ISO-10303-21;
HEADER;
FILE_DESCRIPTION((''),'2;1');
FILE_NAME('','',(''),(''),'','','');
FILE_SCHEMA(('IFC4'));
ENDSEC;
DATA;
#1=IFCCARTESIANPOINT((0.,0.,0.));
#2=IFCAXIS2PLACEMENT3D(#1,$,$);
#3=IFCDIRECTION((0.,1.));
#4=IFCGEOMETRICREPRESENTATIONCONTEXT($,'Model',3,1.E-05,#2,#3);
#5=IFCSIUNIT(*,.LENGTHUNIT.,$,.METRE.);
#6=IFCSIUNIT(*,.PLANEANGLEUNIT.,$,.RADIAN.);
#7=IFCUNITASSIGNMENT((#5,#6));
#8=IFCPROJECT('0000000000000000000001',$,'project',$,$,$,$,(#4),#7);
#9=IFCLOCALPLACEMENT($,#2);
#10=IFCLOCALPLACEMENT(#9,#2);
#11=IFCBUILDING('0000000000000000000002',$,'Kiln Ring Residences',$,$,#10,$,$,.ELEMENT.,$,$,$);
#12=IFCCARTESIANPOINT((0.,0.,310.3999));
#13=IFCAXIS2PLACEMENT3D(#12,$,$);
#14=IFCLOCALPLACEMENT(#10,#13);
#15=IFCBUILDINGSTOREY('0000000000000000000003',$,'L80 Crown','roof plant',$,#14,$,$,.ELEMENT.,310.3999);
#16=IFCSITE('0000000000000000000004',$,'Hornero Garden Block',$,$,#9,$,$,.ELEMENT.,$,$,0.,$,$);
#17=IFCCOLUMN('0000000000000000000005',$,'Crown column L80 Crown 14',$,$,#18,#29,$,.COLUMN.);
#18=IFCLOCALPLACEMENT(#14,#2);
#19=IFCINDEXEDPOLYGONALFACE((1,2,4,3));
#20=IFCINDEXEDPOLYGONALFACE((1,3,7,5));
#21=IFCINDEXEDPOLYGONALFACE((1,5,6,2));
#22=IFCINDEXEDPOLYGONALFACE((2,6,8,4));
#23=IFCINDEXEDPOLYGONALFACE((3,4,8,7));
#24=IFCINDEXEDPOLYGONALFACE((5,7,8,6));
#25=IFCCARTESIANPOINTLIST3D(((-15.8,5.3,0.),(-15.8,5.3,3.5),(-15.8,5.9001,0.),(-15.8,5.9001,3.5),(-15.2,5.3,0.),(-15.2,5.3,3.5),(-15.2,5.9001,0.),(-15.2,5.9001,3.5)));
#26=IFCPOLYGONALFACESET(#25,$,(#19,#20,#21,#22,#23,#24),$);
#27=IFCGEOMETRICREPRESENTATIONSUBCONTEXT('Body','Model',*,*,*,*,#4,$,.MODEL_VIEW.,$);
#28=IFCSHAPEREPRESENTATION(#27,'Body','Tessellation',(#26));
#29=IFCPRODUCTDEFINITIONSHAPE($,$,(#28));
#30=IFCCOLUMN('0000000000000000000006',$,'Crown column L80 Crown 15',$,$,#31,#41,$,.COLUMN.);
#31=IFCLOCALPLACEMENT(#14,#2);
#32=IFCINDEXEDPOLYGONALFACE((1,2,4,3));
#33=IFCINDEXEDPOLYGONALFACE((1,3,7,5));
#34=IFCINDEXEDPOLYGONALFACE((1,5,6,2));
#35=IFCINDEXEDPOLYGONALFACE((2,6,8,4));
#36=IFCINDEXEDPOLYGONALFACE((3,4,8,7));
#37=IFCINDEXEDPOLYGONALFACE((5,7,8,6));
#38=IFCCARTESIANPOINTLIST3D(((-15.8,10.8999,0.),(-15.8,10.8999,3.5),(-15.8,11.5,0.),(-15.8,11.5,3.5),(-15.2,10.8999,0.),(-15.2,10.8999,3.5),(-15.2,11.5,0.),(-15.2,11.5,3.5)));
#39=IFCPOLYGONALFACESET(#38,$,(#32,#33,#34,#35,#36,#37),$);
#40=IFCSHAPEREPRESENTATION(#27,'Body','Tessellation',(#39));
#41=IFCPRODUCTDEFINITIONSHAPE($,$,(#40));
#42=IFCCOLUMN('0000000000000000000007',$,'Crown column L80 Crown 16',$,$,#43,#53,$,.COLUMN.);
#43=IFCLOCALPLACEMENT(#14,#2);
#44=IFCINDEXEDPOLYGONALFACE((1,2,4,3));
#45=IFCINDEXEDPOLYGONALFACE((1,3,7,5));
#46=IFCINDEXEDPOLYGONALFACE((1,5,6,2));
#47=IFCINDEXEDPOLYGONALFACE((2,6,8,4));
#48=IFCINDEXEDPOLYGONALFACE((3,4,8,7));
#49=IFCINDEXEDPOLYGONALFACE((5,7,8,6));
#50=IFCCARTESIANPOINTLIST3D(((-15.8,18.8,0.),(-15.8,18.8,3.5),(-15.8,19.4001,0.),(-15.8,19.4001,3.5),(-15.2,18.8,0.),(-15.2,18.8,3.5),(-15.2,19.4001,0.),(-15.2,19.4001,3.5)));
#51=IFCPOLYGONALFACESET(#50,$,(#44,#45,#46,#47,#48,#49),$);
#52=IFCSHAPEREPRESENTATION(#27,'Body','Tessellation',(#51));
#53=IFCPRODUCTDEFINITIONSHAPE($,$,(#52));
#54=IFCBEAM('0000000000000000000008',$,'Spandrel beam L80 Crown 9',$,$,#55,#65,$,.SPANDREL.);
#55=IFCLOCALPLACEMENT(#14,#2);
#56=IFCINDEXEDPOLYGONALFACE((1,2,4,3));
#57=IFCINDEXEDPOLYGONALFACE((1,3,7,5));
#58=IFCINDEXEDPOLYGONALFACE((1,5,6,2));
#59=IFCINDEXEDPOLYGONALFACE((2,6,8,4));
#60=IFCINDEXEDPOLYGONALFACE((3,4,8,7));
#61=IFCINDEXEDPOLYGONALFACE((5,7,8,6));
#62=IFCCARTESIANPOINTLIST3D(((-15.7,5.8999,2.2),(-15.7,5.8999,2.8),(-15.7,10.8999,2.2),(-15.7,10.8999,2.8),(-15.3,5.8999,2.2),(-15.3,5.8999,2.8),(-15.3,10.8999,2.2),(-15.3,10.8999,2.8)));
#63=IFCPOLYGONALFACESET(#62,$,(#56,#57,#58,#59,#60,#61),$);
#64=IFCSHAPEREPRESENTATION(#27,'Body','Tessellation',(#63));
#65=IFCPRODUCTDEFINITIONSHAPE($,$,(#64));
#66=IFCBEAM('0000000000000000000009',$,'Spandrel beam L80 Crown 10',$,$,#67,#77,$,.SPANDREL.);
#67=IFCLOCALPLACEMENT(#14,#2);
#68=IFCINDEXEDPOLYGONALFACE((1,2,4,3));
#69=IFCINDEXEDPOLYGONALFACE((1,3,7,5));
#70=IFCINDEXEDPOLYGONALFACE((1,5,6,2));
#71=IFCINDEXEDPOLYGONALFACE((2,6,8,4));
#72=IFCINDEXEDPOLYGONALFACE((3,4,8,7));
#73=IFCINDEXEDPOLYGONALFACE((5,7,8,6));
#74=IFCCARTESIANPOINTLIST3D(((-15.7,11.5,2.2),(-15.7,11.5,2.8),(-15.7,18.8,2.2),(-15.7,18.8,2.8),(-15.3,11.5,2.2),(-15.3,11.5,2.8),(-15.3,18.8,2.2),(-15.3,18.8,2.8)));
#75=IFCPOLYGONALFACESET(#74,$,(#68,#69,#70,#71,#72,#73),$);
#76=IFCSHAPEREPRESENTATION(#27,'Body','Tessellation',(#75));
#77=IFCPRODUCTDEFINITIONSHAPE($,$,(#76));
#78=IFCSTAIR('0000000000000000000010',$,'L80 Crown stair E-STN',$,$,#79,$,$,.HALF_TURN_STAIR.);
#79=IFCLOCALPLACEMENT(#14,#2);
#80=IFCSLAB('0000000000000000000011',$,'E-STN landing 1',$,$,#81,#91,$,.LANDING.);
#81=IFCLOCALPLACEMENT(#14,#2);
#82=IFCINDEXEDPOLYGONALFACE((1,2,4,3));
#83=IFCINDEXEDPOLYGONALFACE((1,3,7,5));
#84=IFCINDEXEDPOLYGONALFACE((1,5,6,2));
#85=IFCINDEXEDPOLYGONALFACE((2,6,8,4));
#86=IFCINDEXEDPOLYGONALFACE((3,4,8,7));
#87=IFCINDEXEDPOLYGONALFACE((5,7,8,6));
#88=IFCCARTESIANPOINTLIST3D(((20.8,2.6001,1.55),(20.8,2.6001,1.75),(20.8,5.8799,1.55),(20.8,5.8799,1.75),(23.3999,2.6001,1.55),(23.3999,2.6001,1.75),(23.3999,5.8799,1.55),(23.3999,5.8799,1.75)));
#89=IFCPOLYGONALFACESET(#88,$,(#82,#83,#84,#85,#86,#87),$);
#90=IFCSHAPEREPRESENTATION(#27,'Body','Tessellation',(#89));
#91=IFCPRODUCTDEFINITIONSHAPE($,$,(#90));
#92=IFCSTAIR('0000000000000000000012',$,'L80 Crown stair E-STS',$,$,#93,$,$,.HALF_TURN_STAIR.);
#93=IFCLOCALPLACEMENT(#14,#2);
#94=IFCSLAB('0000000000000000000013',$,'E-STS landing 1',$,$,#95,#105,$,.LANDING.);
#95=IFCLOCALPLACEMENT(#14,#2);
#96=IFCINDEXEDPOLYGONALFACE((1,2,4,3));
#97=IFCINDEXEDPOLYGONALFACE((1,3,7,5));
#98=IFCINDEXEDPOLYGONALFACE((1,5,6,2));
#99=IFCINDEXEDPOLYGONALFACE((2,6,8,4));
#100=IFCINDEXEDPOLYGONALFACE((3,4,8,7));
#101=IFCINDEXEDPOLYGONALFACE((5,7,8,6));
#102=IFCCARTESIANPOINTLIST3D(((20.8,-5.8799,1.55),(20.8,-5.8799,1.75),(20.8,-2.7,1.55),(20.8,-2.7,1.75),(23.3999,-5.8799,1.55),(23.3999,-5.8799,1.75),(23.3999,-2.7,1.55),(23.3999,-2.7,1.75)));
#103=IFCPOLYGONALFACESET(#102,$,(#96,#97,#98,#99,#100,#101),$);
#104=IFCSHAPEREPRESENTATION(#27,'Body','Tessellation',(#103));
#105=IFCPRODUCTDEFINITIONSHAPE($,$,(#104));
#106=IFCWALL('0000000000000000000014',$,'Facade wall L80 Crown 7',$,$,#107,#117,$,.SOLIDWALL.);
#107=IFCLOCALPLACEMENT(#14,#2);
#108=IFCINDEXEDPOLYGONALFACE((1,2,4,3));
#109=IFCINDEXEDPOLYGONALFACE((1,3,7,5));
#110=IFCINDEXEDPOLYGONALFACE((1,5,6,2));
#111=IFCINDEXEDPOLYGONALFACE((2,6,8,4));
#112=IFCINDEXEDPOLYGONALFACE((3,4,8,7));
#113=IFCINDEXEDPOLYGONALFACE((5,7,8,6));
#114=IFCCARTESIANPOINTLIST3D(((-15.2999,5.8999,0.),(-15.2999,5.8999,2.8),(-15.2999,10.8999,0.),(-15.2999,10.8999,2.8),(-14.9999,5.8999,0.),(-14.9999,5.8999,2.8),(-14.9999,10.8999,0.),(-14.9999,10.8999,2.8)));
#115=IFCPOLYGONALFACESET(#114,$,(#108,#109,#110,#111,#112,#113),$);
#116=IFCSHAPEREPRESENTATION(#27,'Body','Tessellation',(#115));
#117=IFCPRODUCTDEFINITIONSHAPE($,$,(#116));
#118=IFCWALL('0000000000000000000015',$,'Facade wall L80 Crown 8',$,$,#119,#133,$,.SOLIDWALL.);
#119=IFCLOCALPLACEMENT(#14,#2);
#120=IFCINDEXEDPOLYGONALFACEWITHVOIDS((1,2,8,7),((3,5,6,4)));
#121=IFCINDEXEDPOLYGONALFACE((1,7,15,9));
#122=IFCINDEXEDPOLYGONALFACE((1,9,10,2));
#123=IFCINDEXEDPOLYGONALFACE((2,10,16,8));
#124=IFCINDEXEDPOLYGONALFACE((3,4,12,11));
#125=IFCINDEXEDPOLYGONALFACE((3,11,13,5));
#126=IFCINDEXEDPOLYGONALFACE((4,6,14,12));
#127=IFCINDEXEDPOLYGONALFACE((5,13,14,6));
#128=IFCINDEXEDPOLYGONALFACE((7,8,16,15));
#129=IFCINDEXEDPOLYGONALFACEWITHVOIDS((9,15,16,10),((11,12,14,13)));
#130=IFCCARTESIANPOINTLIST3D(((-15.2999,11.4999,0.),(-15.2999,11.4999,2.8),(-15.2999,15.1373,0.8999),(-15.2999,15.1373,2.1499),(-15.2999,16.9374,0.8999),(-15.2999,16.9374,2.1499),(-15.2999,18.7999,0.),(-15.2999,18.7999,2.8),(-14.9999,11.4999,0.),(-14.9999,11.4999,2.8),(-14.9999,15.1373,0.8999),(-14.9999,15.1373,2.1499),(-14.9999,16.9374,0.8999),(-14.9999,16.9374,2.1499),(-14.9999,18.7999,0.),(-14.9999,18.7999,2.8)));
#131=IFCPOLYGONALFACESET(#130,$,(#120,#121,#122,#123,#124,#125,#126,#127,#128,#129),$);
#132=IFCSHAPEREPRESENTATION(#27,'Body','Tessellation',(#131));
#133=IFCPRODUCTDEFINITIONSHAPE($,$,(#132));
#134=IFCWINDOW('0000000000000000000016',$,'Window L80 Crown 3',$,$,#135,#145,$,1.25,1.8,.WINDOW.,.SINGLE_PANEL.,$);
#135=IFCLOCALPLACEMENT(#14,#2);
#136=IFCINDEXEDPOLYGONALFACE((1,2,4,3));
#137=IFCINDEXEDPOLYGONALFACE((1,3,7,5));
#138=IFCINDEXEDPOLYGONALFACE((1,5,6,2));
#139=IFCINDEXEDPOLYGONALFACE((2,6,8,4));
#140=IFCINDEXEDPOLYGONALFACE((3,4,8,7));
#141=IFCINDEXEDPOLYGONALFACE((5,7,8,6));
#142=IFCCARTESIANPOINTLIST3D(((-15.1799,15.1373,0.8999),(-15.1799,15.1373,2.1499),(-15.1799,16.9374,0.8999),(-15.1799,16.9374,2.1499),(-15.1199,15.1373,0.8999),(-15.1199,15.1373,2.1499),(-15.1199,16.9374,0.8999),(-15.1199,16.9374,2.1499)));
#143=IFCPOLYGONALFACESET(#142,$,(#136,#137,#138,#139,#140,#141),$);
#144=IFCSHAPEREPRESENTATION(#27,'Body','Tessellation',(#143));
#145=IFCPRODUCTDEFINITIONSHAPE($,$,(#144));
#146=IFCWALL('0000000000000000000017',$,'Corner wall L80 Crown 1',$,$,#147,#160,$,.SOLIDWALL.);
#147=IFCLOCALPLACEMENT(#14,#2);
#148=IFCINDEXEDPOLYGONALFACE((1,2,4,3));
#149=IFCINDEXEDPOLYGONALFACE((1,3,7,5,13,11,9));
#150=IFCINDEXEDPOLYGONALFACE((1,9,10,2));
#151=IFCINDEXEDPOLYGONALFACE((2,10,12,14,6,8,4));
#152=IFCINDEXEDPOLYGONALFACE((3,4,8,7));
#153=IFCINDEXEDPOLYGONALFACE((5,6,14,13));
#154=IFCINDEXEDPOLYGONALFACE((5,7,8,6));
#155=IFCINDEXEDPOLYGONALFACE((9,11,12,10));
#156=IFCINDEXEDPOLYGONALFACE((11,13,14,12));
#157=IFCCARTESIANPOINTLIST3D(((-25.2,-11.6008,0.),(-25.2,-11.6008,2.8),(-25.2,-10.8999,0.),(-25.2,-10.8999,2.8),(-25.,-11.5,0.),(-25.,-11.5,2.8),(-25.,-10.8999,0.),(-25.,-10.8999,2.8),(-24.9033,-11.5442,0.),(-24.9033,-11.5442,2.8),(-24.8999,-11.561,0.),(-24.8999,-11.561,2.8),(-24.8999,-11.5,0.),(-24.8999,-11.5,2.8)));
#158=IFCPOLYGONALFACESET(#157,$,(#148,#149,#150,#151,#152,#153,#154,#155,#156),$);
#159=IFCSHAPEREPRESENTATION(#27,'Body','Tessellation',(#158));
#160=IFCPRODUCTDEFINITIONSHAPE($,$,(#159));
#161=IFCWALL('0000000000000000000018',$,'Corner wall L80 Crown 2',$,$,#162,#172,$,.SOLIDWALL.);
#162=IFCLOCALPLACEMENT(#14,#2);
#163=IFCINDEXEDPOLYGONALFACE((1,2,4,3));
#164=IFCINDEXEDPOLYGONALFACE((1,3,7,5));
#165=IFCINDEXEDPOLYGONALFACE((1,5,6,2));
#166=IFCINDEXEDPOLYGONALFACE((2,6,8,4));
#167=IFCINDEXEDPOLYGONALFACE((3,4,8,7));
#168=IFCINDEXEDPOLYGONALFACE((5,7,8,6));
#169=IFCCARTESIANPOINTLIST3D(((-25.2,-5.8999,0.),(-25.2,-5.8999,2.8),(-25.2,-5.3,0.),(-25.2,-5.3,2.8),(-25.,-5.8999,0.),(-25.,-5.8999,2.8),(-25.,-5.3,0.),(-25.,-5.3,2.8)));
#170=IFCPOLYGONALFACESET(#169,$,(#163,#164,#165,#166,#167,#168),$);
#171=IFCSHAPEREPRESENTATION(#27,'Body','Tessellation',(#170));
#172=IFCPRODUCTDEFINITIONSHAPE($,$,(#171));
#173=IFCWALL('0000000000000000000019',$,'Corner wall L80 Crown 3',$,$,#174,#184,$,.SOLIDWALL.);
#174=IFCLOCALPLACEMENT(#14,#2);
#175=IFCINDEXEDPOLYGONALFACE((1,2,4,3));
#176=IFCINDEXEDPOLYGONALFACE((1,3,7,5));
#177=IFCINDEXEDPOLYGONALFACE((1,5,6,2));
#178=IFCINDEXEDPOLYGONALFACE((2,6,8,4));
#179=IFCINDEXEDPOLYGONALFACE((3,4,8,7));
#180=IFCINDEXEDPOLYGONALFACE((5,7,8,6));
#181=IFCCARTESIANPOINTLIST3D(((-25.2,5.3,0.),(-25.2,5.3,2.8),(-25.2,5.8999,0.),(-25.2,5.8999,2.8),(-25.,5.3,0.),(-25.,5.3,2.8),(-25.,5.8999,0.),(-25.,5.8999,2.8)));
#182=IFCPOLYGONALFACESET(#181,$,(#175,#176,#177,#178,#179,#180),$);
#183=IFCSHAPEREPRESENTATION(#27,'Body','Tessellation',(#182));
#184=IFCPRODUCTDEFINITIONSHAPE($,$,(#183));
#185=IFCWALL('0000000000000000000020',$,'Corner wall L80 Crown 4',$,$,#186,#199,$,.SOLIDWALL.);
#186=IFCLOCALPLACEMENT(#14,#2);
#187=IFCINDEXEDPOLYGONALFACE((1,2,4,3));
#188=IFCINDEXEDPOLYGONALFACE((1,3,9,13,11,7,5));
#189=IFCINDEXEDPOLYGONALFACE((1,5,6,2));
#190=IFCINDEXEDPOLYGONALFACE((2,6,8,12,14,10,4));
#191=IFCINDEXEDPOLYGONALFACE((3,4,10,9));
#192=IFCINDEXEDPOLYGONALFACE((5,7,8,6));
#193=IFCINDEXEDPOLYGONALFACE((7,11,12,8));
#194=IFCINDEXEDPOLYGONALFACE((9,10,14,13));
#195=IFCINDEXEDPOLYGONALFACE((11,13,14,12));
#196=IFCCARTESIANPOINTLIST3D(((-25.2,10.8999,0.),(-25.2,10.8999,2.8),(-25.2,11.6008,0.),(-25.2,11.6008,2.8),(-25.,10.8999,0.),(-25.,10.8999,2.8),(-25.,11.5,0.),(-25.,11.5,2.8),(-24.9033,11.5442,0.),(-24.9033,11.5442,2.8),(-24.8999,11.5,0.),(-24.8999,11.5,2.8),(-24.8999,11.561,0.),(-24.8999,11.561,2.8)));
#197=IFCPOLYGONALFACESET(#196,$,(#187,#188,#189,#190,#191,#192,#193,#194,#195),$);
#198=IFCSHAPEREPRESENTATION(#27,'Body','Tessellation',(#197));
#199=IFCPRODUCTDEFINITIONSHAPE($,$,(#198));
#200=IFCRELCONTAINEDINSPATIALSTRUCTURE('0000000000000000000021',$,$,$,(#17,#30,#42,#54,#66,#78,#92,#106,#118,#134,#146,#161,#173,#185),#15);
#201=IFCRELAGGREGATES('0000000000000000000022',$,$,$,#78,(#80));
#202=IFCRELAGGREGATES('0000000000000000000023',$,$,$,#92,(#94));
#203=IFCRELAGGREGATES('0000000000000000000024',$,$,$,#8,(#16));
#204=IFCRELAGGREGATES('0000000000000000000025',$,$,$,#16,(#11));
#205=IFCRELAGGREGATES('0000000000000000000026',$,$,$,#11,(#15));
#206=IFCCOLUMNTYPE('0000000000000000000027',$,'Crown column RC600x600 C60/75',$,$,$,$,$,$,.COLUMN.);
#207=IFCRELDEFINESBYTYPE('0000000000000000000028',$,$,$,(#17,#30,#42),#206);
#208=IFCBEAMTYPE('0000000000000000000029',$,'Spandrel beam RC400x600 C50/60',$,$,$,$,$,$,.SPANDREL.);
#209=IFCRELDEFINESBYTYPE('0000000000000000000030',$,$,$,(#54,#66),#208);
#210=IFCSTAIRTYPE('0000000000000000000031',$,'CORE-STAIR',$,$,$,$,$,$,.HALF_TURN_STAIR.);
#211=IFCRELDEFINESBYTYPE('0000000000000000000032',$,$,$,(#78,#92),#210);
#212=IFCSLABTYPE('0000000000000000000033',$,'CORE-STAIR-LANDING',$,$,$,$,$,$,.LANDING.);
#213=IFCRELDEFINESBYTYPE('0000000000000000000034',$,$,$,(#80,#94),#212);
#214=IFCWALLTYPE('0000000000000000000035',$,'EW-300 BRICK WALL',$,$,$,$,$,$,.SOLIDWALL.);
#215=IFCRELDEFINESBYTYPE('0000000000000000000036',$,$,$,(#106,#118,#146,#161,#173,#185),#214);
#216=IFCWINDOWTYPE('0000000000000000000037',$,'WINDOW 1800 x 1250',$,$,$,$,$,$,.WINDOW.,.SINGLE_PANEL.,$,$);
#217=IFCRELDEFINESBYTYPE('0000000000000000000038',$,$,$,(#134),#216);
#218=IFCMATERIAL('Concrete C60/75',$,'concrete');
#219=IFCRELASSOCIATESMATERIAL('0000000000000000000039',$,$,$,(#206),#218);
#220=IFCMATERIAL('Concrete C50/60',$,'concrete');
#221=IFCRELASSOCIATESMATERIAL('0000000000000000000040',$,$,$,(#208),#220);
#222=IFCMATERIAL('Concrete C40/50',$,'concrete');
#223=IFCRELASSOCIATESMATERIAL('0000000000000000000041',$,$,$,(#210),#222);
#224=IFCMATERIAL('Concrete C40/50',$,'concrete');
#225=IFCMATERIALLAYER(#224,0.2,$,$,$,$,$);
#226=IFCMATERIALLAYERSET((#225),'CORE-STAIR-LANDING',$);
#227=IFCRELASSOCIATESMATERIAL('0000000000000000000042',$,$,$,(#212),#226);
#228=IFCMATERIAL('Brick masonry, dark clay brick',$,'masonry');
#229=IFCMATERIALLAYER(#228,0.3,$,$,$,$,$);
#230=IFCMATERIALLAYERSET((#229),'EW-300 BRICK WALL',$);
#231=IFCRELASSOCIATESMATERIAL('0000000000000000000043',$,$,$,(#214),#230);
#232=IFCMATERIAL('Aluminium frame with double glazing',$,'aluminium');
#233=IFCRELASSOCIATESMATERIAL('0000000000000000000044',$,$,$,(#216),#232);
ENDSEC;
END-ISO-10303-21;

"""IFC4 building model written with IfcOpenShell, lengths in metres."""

from ifc_helpers import new_model, si_unit, direction, frame, frame_2d, origin, origin_2d, place, context, subcontext, project, spatial, polyline, rectangle, outline, extrude, material, layer, layer_set, material_profile, profile_set, type_object, element, fill, aggregate, save


model = new_model("IFC4")

# Units and contexts
model_context = context("Model", 3, precision=1e-05, world=origin(), true_north=direction((0.0, 1.0)))
body_context = subcontext(model_context, "Body", "Model", "MODEL_VIEW")
ifc_project = project(units=[si_unit("LENGTHUNIT", "METRE"), si_unit("PLANEANGLEUNIT", "RADIAN")], contexts=[model_context])

# Site, building, storey
site_placement = place(None, origin())
site = spatial("IfcSite", under=ifc_project, at=site_placement, Name="Hornero Garden Block", CompositionType="ELEMENT", RefElevation=0.0)
building_placement = place(site_placement, origin())
building = spatial("IfcBuilding", under=site, at=building_placement, Name="Kiln Ring Residences", CompositionType="ELEMENT")
storey_placement = place(building_placement, frame((0.0, 0.0, 310.3999)))
storey = spatial("IfcBuildingStorey", under=building, at=storey_placement, Name="L80 Crown", Description="roof plant", CompositionType="ELEMENT", Elevation=310.3999)

# Columns
ifc_material_1 = material(Name="Concrete C60/75", Category="concrete")
ifc_material_profile_1 = material_profile(ifc_material_1, rectangle(XDim=0.6001, YDim=0.6001, at=origin_2d()), Name="RC600x600")
ifc_profile_set_1 = profile_set([ifc_material_profile_1], Name="Concrete C60/75")
column_type = type_object("IfcColumnType", Name="Crown column RC600x600 C60/75", PredefinedType="COLUMN", material=ifc_profile_set_1)
for number, where, z_axis, x_axis, name in (
    (1, (-15.5, 5.6001, 0.0), (0.0, 0.0, 1.0), (1.0, 0.0, 0.0), "Crown column L80 Crown 14"),
    (2, (-15.5, 11.2, 0.0), (0.0, 0.0, 1.0), (1.0, 0.0, 0.0), "Crown column L80 Crown 15"),
    (3, (-15.5, 19.1001, 0.0), (0.0, 0.0, 1.0), (1.0, 0.0, 0.0), "Crown column L80 Crown 16"),
):
    element("IfcColumn", number, at=place(storey_placement, frame(where, z_axis=z_axis, x_axis=x_axis)), inside=storey, type_object=column_type, Name=name, PredefinedType="COLUMN", context=body_context, shape_type="SweptSolid", body=[
        extrude(rectangle(XDim=0.6001, YDim=0.6001, at=origin_2d()), origin(), (0.0, 0.0, 1.0), 3.5),
    ])

# Beams
ifc_material_2 = material(Name="Concrete C50/60", Category="concrete")
ifc_material_profile_2 = material_profile(ifc_material_2, rectangle(XDim=0.3999, YDim=0.6001, at=origin_2d()), Name="RC400x600")
ifc_profile_set_2 = profile_set([ifc_material_profile_2], Name="Concrete C50/60")
beam_type = type_object("IfcBeamType", Name="Spandrel beam RC400x600 C50/60", PredefinedType="SPANDREL", material=ifc_profile_set_2)
beam_1_placement = place(storey_placement, frame((-15.5, 5.8999, 2.5), z_axis=(0.0, 1.0, 0.0), x_axis=(-1.0, 0.0, 0.0)))
element("IfcBeam", 4, at=beam_1_placement, inside=storey, type_object=beam_type, Name="Spandrel beam L80 Crown 9", PredefinedType="SPANDREL", context=body_context, shape_type="SweptSolid", body=[
    extrude(rectangle(XDim=0.3999, YDim=0.6001, at=origin_2d()), origin(), (0.0, 0.0, 1.0), 5.0),
])
beam_2_placement = place(storey_placement, frame((-15.5, 11.5, 2.5), z_axis=(0.0, 1.0, 0.0), x_axis=(-1.0, 0.0, 0.0)))
element("IfcBeam", 5, at=beam_2_placement, inside=storey, type_object=beam_type, Name="Spandrel beam L80 Crown 10", PredefinedType="SPANDREL", context=body_context, shape_type="SweptSolid", body=[
    extrude(rectangle(XDim=0.3999, YDim=0.6001, at=origin_2d()), origin(), (0.0, 0.0, 1.0), 7.3),
])

# Stairs, slabs
ifc_material_3 = material(Name="Concrete C40/50", Category="concrete")
stair_type = type_object("IfcStairType", Name="CORE-STAIR", PredefinedType="HALF_TURN_STAIR", material=ifc_material_3)
placement_1 = place(storey_placement, origin())
stair_1 = element("IfcStair", 6, at=placement_1, inside=storey, type_object=stair_type, Name="L80 Crown stair E-STN", PredefinedType="HALF_TURN_STAIR")
ifc_material_4 = material(Name="Concrete C40/50", Category="concrete")
ifc_layer_1 = layer(ifc_material_4, 0.2)
ifc_layer_set_1 = layer_set([ifc_layer_1], Name="CORE-STAIR-LANDING")
slab_type = type_object("IfcSlabType", Name="CORE-STAIR-LANDING", PredefinedType="LANDING", material=ifc_layer_set_1)
placement_2 = place(storey_placement, frame((0.0, 0.0, 1.55)))
slab_1 = element("IfcSlab", 7, at=placement_2, type_object=slab_type, Name="E-STN landing 1", PredefinedType="LANDING", context=body_context, shape_type="SweptSolid", body=[
    extrude(outline(polyline([(20.8, 5.8799), (20.8, 2.6001), (23.3999, 2.6001), (23.3999, 5.8799), (20.8, 5.8799)])), origin(), (0.0, 0.0, 1.0), 0.2),
])
aggregate(stair_1, [slab_1])
stair_2 = element("IfcStair", 8, at=placement_1, inside=storey, type_object=stair_type, Name="L80 Crown stair E-STS", PredefinedType="HALF_TURN_STAIR")
slab_2 = element("IfcSlab", 9, at=placement_2, type_object=slab_type, Name="E-STS landing 1", PredefinedType="LANDING", context=body_context, shape_type="SweptSolid", body=[
    extrude(outline(polyline([(23.3999, -5.8799), (23.3999, -2.7), (20.8, -2.7), (20.8, -5.8799), (23.3999, -5.8799)])), origin(), (0.0, 0.0, 1.0), 0.2),
])
aggregate(stair_2, [slab_2])

# Wall
ifc_material_5 = material(Name="Brick masonry, dark clay brick", Category="masonry")
ifc_layer_2 = layer(ifc_material_5, 0.3)
ifc_layer_set_2 = layer_set([ifc_layer_2], Name="EW-300 BRICK WALL")
wall_type = type_object("IfcWallType", Name="EW-300 BRICK WALL", PredefinedType="SOLIDWALL", material=ifc_layer_set_2)
wall_1_placement = place(storey_placement, frame((-15.1499, 5.8999, 0.0), z_axis=(0.0, 0.0, 1.0), x_axis=(0.0, 1.0, 0.0)))
element("IfcWall", 10, at=wall_1_placement, inside=storey, type_object=wall_type, Name="Facade wall L80 Crown 7", PredefinedType="SOLIDWALL", context=body_context, shape_type="SweptSolid", body=[
    extrude(rectangle(XDim=5.0, YDim=0.3, at=frame_2d((2.5, 0.0))), origin(), (0.0, 0.0, 1.0), 2.8),
])

# Wall, opening, window
wall_2_placement = place(storey_placement, frame((-15.1499, 11.5, 0.0), z_axis=(0.0, 0.0, 1.0), x_axis=(0.0, 1.0, 0.0)))
wall_2 = element("IfcWall", 11, at=wall_2_placement, inside=storey, type_object=wall_type, Name="Facade wall L80 Crown 8", PredefinedType="SOLIDWALL", context=body_context, shape_type="SweptSolid", body=[
    extrude(rectangle(XDim=7.3, YDim=0.3, at=frame_2d((3.6499, 0.0))), origin(), (0.0, 0.0, 1.0), 2.8),
])
opening_placement = place(wall_2_placement, frame((3.6375, 0.0, 0.8999)))
opening = element("IfcOpeningElement", 12, at=opening_placement, cuts=wall_2, PredefinedType="OPENING", context=body_context, shape_type="SweptSolid", body=[
    extrude(rectangle(XDim=1.8, YDim=1.25, at=frame_2d((0.8999, 0.625))), frame((0.0, 0.1599, 0.0), z_axis=(0.0, -1.0, 0.0), x_axis=(1.0, 0.0, 0.0)), (0.0, 0.0, 1.0), 0.3201),
])
ifc_material_6 = material(Name="Aluminium frame with double glazing", Category="aluminium")
window_type = type_object("IfcWindowType", Name="WINDOW 1800 x 1250", PartitioningType="SINGLE_PANEL", PredefinedType="WINDOW", material=ifc_material_6)
window_placement = place(opening_placement, origin())
window = element("IfcWindow", 13, at=window_placement, inside=storey, type_object=window_type, Name="Window L80 Crown 3", OverallHeight=1.25, OverallWidth=1.8, PartitioningType="SINGLE_PANEL", PredefinedType="WINDOW", context=body_context, shape_type="SweptSolid", body=[
    extrude(rectangle(XDim=1.8, YDim=1.25, at=frame_2d((0.8999, 0.625))), frame((0.0, 0.03, 0.0), z_axis=(0.0, -1.0, 0.0), x_axis=(1.0, 0.0, 0.0)), (0.0, 0.0, 1.0), 0.0601),
])
fill(opening, window)

# Walls
element("IfcWall", 14, at=placement_1, inside=storey, type_object=wall_type, Name="Corner wall L80 Crown 1", PredefinedType="SOLIDWALL", context=body_context, shape_type="SweptSolid", body=[
    extrude(outline(polyline([(-25.2, -10.8999), (-25.2, -11.6008), (-24.9033, -11.5442), (-24.8999, -11.561), (-24.8999, -11.5), (-25.0, -11.5), (-25.0, -10.8999), (-25.2, -10.8999)])), origin(), (0.0, 0.0, 1.0), 2.8),
])
element("IfcWall", 15, at=placement_1, inside=storey, type_object=wall_type, Name="Corner wall L80 Crown 2", PredefinedType="SOLIDWALL", context=body_context, shape_type="SweptSolid", body=[
    extrude(outline(polyline([(-25.0, -5.3), (-25.2, -5.3), (-25.2, -5.8999), (-24.8999, -5.8999), (-25.0, -5.8999), (-25.0, -5.3)])), origin(), (0.0, 0.0, 1.0), 2.8),
])
element("IfcWall", 16, at=placement_1, inside=storey, type_object=wall_type, Name="Corner wall L80 Crown 3", PredefinedType="SOLIDWALL", context=body_context, shape_type="SweptSolid", body=[
    extrude(outline(polyline([(-25.0, 5.8999), (-25.2, 5.8999), (-25.2, 5.3), (-25.0, 5.3), (-25.0, 5.8999)])), origin(), (0.0, 0.0, 1.0), 2.8),
])
element("IfcWall", 17, at=placement_1, inside=storey, type_object=wall_type, Name="Corner wall L80 Crown 4", PredefinedType="SOLIDWALL", context=body_context, shape_type="SweptSolid", body=[
    extrude(outline(polyline([(-25.2, 11.6008), (-25.2, 10.8999), (-25.0, 10.8999), (-25.0, 11.5), (-24.8999, 11.5), (-24.8999, 11.561), (-24.9033, 11.5442), (-25.2, 11.6008)])), origin(), (0.0, 0.0, 1.0), 2.8),
])

save(model, "model.ifc")
